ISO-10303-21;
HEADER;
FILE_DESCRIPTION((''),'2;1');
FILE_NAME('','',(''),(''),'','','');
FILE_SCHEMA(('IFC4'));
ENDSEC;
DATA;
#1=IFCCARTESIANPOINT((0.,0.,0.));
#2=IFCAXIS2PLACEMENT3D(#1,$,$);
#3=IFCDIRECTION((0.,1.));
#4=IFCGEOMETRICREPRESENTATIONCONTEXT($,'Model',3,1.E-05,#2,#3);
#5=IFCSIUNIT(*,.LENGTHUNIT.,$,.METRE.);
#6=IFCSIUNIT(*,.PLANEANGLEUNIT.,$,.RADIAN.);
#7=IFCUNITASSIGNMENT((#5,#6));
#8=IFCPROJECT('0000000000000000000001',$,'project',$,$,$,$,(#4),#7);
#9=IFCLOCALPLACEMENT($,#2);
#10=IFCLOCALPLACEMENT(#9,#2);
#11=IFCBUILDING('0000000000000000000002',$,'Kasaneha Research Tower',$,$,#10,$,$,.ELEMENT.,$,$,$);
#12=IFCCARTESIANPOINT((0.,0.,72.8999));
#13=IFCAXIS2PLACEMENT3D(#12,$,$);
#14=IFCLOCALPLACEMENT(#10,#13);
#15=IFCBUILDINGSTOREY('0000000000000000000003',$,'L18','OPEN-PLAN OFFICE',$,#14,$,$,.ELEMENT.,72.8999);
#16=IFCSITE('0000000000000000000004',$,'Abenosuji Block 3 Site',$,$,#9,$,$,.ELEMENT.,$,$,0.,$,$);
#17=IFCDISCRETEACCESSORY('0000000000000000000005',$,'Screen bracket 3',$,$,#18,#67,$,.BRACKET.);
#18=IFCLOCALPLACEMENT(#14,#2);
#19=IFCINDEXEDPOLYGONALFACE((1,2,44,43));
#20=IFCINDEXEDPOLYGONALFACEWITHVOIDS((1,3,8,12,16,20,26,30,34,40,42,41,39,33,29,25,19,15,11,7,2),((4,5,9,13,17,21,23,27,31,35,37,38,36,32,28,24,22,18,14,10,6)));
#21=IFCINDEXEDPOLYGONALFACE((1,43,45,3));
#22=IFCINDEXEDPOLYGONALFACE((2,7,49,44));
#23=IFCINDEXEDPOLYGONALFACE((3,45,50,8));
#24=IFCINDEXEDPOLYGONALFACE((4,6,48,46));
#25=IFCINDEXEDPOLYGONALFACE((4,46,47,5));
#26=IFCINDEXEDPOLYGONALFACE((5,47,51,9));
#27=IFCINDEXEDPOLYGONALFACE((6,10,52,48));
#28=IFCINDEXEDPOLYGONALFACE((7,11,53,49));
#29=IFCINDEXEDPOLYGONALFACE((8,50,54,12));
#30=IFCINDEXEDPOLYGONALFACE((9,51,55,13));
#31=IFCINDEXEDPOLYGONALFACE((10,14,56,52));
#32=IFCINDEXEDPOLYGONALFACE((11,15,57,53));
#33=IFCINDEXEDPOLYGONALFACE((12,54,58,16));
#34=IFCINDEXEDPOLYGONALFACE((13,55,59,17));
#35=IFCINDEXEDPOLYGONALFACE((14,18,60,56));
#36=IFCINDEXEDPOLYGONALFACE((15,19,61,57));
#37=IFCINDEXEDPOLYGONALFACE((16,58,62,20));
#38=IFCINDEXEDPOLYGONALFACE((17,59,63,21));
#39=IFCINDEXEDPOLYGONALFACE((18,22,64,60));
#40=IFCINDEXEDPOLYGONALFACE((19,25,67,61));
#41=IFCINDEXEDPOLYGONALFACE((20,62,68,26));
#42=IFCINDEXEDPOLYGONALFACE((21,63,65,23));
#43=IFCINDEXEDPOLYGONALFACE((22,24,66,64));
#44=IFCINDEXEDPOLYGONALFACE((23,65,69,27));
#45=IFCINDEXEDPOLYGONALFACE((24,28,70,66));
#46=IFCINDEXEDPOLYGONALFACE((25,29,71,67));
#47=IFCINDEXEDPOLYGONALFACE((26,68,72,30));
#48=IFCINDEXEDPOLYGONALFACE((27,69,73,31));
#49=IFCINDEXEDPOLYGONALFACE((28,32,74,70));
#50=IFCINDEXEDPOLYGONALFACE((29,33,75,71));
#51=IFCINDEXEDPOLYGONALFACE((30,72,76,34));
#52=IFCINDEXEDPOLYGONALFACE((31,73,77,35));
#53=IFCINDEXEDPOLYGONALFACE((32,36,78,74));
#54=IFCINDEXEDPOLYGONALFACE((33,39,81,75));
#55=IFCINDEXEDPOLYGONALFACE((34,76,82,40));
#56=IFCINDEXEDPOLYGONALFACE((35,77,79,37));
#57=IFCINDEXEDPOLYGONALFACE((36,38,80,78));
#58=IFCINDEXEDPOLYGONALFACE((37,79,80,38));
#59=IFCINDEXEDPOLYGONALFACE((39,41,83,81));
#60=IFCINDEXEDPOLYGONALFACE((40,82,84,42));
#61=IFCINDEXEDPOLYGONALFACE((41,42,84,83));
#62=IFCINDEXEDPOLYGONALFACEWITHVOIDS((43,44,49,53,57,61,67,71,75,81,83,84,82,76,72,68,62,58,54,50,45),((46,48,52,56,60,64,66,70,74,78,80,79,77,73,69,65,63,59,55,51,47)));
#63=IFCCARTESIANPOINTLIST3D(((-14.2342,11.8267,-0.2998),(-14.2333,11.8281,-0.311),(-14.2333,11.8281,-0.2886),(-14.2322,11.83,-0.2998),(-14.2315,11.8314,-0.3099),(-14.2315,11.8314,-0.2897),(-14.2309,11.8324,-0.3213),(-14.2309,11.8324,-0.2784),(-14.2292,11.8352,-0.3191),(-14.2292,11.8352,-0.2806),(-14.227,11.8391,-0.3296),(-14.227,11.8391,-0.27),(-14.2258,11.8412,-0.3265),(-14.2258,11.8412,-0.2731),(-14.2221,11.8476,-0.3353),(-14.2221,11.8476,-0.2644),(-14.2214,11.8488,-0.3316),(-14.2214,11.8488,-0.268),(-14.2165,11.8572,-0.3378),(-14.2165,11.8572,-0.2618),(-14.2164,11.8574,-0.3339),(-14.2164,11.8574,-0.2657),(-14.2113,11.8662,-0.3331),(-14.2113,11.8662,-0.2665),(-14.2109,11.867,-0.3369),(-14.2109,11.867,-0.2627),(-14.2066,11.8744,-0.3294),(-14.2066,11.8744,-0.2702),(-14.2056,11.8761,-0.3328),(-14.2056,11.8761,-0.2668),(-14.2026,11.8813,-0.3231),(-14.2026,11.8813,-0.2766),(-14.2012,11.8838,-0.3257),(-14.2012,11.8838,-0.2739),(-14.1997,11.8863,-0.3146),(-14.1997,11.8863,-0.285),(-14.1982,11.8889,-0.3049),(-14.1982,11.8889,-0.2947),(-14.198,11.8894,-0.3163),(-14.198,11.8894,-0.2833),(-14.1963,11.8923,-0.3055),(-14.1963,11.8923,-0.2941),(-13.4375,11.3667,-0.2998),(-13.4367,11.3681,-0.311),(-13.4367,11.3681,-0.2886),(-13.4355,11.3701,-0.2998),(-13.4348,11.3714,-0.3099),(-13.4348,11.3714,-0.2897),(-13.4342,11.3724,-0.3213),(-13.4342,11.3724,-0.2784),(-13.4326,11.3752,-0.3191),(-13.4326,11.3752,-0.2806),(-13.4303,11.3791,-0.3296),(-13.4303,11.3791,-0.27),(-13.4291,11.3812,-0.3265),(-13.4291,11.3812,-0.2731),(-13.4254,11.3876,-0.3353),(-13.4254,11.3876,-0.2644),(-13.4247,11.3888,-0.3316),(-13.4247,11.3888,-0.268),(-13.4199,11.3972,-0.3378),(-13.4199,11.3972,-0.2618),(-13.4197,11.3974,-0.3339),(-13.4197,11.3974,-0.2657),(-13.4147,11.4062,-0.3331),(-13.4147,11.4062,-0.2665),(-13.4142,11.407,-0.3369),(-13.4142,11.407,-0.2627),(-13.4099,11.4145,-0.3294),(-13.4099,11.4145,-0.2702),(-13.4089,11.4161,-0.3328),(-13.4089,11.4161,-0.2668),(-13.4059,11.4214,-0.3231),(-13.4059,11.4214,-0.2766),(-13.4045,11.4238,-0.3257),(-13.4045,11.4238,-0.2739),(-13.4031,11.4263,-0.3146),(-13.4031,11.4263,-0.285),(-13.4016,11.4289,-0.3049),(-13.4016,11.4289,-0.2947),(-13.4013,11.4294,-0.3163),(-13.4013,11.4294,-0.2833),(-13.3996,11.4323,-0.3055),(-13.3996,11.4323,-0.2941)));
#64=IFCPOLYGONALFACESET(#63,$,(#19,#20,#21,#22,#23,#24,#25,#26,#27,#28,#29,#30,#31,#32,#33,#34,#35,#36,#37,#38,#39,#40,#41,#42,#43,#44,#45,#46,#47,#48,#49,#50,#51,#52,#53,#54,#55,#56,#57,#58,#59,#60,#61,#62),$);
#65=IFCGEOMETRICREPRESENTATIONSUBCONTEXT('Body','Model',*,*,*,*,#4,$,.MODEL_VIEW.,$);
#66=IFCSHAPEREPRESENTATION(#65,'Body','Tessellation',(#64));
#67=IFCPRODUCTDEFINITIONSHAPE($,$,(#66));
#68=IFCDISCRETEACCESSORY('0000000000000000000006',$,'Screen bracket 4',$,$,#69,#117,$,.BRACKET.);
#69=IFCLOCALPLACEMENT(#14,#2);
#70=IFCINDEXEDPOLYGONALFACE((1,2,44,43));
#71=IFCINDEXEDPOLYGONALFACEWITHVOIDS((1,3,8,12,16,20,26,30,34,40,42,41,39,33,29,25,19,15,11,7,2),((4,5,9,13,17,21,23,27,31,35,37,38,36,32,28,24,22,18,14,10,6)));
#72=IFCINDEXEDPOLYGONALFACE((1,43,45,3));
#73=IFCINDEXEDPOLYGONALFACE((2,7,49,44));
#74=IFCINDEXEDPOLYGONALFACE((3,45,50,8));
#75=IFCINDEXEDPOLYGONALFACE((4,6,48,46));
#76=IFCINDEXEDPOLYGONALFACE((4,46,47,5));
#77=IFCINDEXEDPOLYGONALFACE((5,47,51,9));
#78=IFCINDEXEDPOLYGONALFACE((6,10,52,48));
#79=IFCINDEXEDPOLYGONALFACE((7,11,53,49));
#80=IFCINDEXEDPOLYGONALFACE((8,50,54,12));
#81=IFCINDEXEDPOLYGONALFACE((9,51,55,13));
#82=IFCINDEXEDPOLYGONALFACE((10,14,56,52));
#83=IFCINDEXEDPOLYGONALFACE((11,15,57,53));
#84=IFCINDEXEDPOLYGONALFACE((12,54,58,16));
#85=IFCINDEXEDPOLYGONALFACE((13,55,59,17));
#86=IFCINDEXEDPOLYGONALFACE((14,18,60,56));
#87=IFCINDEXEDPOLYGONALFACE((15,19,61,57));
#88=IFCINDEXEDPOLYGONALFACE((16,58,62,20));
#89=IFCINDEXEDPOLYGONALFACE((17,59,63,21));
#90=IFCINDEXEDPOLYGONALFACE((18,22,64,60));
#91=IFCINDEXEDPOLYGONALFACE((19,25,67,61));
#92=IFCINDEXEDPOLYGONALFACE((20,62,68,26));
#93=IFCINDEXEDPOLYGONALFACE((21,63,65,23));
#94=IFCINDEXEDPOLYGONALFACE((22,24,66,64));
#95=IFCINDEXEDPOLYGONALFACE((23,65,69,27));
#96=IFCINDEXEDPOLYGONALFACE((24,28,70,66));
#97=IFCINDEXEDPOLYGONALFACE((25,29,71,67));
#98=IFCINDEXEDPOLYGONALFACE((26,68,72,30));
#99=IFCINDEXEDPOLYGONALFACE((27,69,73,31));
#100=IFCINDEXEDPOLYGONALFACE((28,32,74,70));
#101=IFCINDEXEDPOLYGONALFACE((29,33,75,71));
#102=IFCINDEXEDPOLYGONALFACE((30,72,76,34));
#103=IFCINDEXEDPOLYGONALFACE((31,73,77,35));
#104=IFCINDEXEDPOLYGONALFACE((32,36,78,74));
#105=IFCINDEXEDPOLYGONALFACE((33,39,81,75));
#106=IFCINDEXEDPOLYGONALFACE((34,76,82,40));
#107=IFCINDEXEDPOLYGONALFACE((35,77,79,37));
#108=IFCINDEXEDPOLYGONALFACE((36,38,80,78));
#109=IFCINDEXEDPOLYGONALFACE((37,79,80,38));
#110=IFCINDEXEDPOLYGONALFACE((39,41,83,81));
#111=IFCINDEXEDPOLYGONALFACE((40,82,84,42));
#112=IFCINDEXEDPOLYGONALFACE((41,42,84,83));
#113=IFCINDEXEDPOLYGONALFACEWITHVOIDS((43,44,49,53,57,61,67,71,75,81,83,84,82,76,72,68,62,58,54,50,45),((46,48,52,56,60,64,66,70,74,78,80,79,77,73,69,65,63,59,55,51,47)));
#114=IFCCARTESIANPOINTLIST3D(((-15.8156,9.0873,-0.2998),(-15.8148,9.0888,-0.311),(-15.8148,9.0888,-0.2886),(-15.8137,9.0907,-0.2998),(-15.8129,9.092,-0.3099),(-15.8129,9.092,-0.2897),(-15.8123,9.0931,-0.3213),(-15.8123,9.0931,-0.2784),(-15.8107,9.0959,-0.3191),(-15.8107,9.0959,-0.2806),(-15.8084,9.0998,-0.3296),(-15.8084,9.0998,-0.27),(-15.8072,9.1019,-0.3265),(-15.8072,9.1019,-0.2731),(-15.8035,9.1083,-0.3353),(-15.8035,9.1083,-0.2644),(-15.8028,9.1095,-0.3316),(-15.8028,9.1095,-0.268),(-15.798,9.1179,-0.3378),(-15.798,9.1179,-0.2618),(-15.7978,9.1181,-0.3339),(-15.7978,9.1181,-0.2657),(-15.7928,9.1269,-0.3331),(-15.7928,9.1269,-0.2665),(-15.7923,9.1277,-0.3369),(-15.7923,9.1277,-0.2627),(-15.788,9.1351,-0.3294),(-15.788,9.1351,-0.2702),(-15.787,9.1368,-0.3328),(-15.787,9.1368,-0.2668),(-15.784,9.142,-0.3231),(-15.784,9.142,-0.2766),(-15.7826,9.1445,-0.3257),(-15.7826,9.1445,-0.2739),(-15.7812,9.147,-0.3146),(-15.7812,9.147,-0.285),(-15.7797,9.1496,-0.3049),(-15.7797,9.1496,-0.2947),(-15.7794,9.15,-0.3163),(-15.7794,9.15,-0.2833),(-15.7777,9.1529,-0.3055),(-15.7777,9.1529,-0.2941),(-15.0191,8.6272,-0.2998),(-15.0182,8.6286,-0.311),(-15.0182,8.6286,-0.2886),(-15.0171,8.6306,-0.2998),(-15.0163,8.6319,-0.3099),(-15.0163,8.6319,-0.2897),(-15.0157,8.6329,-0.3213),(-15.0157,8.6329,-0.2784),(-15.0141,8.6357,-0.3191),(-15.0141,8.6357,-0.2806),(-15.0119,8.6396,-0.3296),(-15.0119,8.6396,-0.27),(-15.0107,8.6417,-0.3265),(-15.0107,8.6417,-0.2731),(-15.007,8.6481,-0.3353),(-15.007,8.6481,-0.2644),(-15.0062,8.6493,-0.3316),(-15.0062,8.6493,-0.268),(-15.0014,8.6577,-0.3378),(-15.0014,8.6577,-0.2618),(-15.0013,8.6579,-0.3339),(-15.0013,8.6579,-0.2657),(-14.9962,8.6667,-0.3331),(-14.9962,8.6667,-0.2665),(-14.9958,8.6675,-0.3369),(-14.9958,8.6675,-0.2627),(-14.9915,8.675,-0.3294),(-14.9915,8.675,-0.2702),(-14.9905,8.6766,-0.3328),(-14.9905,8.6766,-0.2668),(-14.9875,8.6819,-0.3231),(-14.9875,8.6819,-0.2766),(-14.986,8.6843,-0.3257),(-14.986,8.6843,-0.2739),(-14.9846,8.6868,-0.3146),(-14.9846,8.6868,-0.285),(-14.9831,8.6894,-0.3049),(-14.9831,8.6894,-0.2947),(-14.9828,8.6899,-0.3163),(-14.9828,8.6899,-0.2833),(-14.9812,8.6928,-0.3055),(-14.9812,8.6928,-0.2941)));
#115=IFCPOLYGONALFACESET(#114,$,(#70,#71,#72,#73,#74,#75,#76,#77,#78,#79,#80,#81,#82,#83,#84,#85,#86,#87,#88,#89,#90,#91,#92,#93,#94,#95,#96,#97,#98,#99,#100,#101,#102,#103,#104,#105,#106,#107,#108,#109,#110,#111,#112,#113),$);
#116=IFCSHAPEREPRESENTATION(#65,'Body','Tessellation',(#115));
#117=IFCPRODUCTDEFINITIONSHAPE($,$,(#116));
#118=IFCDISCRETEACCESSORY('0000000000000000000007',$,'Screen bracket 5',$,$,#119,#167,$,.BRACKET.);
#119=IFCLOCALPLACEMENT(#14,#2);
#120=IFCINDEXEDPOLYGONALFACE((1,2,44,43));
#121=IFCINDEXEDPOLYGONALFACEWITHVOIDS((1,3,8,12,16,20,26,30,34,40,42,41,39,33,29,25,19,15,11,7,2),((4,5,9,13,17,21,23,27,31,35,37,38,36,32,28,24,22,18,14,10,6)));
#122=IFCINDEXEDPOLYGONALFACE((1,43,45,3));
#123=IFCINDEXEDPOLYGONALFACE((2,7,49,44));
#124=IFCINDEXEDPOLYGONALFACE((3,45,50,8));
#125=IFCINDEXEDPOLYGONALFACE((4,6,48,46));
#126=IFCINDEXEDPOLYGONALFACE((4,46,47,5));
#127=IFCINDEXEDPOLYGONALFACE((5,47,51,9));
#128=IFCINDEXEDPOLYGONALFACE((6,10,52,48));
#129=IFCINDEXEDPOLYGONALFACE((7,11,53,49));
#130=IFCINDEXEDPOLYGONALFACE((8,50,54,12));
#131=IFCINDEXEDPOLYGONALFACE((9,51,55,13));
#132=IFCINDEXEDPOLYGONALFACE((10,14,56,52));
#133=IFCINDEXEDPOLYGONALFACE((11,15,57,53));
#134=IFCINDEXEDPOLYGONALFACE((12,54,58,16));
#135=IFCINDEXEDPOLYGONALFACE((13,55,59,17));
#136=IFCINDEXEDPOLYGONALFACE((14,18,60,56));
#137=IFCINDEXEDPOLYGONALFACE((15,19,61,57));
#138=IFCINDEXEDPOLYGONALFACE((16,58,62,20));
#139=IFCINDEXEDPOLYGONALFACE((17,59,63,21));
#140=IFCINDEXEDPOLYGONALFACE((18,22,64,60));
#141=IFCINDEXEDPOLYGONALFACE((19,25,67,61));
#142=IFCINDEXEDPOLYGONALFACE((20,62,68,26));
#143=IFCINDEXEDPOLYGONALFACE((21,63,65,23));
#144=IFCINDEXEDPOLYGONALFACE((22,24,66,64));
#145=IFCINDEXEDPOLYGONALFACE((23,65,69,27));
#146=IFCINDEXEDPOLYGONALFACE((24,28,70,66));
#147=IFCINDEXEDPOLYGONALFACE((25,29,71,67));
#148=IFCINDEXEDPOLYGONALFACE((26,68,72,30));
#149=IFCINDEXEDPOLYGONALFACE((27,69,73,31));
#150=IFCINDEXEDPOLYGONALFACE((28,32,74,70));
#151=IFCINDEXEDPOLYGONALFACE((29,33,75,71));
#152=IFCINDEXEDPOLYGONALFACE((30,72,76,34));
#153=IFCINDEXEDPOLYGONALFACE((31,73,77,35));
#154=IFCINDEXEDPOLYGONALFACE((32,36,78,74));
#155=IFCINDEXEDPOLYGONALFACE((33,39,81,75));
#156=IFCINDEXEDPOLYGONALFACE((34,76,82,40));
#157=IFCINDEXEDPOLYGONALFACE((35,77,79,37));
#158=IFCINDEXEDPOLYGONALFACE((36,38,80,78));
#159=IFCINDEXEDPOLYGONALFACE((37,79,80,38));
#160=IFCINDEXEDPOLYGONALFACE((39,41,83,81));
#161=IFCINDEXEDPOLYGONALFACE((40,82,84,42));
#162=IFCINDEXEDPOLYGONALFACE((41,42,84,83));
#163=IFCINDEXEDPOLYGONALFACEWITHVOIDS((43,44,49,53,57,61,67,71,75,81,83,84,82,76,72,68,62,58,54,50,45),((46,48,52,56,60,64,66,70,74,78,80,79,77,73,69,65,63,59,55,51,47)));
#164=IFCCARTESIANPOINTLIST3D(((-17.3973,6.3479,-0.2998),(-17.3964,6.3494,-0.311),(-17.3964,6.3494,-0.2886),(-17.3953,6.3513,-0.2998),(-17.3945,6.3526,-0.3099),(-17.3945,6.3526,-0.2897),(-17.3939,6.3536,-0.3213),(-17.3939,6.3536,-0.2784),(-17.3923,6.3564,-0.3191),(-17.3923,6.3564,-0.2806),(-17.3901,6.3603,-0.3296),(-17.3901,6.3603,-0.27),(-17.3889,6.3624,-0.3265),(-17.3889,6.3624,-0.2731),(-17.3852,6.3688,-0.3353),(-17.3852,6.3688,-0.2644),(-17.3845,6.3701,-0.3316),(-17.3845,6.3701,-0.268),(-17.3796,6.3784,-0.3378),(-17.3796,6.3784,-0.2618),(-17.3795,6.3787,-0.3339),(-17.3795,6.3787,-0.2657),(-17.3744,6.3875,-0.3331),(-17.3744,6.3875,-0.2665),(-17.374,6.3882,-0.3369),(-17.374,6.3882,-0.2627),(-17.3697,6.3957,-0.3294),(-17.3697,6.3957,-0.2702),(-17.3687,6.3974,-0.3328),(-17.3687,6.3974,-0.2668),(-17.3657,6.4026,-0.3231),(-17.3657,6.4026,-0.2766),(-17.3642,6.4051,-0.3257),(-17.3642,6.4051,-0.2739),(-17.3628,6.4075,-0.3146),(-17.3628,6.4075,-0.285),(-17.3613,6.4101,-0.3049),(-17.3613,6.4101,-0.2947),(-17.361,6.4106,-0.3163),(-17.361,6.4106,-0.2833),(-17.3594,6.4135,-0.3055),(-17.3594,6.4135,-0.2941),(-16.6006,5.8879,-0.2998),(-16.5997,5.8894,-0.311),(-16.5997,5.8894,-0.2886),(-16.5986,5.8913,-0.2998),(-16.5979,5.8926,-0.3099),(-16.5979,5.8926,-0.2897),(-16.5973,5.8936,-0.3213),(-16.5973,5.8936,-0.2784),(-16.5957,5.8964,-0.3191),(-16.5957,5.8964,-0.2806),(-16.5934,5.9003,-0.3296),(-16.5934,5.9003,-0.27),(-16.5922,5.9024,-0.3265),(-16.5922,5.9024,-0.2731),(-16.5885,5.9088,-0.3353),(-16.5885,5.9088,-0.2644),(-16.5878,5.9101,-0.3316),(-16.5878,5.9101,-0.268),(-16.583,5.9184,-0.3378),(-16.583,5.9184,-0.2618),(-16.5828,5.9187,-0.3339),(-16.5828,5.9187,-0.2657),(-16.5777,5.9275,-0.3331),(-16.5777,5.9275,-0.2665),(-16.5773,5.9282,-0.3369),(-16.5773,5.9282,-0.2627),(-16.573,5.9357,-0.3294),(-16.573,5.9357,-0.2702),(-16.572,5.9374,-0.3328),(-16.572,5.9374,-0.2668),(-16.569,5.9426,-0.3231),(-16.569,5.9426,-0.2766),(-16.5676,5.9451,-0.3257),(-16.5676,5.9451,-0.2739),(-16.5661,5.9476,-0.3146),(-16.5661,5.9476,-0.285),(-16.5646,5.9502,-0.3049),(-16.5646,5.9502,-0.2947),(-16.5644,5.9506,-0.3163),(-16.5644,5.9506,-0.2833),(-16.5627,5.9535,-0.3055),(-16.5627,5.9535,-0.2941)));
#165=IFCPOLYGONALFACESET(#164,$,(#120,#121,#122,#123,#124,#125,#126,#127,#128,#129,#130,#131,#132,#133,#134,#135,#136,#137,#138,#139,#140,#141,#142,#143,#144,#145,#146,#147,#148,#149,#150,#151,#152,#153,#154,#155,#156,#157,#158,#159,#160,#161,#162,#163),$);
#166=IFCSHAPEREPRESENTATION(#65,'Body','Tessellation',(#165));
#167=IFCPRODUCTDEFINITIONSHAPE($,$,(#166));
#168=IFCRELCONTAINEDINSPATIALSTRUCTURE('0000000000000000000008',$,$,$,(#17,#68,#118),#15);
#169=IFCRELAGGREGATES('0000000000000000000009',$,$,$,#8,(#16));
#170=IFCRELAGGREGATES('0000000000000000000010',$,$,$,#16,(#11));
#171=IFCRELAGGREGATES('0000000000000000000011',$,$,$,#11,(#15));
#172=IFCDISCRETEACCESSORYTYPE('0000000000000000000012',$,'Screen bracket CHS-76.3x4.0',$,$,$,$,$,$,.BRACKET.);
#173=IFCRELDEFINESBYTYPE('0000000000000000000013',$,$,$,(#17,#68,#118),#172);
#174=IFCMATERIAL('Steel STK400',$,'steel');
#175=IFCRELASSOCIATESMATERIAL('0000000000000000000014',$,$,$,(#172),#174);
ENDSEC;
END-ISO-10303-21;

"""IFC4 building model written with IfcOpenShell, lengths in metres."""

from ifc_helpers import new_model, si_unit, direction, frame, origin, origin_2d, place, context, subcontext, project, spatial, hollow_circle, extrude, material, material_profile, profile_set, type_object, element, save


model = new_model("IFC4")

# Units and contexts
model_context = context("Model", 3, precision=1e-05, world=origin(), true_north=direction((0.0, 1.0)))
body_context = subcontext(model_context, "Body", "Model", "MODEL_VIEW")
ifc_project = project(units=[si_unit("LENGTHUNIT", "METRE"), si_unit("PLANEANGLEUNIT", "RADIAN")], contexts=[model_context])

# Site, building, storey
site_placement = place(None, origin())
site = spatial("IfcSite", under=ifc_project, at=site_placement, Name="Abenosuji Block 3 Site", CompositionType="ELEMENT", RefElevation=0.0)
building_placement = place(site_placement, origin())
building = spatial("IfcBuilding", under=site, at=building_placement, Name="Kasaneha Research Tower", CompositionType="ELEMENT")
storey_placement = place(building_placement, frame((0.0, 0.0, 72.8999)))
storey = spatial("IfcBuildingStorey", under=building, at=storey_placement, Name="L18", Description="OPEN-PLAN OFFICE", CompositionType="ELEMENT", Elevation=72.8999)

# Discrete accessories
ifc_material_1 = material(Name="Steel STK400", Category="steel")
ifc_material_profile_1 = material_profile(ifc_material_1, hollow_circle(Radius=0.0381, WallThickness=0.0039, at=origin_2d()), Name="CHS-76.3x4.0")
ifc_profile_set_1 = profile_set([ifc_material_profile_1], Name="Steel STK400")
discrete_accessory_type = type_object("IfcDiscreteAccessoryType", Name="Screen bracket CHS-76.3x4.0", PredefinedType="BRACKET", material=ifc_profile_set_1)
for number, where, z_axis, x_axis, name in (
    (1, (-13.4185, 11.3997, -0.2998), (-0.866013, 0.500021, 0.0), (-0.500021, -0.866013, 0.0), "Screen bracket 3"),
    (2, (-15.0, 8.6602, -0.2998), (-0.865898, 0.50022, 0.0), (-0.50022, -0.865898, 0.0), "Screen bracket 4"),
    (3, (-16.5815, 5.9209, -0.2998), (-0.866013, 0.500021, 0.0), (-0.500021, -0.866013, 0.0), "Screen bracket 5"),
):
    element("IfcDiscreteAccessory", number, at=place(storey_placement, frame(where, z_axis=z_axis, x_axis=x_axis)), inside=storey, type_object=discrete_accessory_type, Name=name, PredefinedType="BRACKET", context=body_context, shape_type="SweptSolid", body=[
        extrude(hollow_circle(Radius=0.0381, WallThickness=0.0039, at=origin_2d()), origin(), (0.0, 0.0, 1.0), 0.9199),
    ])

save(model, "model.ifc")
